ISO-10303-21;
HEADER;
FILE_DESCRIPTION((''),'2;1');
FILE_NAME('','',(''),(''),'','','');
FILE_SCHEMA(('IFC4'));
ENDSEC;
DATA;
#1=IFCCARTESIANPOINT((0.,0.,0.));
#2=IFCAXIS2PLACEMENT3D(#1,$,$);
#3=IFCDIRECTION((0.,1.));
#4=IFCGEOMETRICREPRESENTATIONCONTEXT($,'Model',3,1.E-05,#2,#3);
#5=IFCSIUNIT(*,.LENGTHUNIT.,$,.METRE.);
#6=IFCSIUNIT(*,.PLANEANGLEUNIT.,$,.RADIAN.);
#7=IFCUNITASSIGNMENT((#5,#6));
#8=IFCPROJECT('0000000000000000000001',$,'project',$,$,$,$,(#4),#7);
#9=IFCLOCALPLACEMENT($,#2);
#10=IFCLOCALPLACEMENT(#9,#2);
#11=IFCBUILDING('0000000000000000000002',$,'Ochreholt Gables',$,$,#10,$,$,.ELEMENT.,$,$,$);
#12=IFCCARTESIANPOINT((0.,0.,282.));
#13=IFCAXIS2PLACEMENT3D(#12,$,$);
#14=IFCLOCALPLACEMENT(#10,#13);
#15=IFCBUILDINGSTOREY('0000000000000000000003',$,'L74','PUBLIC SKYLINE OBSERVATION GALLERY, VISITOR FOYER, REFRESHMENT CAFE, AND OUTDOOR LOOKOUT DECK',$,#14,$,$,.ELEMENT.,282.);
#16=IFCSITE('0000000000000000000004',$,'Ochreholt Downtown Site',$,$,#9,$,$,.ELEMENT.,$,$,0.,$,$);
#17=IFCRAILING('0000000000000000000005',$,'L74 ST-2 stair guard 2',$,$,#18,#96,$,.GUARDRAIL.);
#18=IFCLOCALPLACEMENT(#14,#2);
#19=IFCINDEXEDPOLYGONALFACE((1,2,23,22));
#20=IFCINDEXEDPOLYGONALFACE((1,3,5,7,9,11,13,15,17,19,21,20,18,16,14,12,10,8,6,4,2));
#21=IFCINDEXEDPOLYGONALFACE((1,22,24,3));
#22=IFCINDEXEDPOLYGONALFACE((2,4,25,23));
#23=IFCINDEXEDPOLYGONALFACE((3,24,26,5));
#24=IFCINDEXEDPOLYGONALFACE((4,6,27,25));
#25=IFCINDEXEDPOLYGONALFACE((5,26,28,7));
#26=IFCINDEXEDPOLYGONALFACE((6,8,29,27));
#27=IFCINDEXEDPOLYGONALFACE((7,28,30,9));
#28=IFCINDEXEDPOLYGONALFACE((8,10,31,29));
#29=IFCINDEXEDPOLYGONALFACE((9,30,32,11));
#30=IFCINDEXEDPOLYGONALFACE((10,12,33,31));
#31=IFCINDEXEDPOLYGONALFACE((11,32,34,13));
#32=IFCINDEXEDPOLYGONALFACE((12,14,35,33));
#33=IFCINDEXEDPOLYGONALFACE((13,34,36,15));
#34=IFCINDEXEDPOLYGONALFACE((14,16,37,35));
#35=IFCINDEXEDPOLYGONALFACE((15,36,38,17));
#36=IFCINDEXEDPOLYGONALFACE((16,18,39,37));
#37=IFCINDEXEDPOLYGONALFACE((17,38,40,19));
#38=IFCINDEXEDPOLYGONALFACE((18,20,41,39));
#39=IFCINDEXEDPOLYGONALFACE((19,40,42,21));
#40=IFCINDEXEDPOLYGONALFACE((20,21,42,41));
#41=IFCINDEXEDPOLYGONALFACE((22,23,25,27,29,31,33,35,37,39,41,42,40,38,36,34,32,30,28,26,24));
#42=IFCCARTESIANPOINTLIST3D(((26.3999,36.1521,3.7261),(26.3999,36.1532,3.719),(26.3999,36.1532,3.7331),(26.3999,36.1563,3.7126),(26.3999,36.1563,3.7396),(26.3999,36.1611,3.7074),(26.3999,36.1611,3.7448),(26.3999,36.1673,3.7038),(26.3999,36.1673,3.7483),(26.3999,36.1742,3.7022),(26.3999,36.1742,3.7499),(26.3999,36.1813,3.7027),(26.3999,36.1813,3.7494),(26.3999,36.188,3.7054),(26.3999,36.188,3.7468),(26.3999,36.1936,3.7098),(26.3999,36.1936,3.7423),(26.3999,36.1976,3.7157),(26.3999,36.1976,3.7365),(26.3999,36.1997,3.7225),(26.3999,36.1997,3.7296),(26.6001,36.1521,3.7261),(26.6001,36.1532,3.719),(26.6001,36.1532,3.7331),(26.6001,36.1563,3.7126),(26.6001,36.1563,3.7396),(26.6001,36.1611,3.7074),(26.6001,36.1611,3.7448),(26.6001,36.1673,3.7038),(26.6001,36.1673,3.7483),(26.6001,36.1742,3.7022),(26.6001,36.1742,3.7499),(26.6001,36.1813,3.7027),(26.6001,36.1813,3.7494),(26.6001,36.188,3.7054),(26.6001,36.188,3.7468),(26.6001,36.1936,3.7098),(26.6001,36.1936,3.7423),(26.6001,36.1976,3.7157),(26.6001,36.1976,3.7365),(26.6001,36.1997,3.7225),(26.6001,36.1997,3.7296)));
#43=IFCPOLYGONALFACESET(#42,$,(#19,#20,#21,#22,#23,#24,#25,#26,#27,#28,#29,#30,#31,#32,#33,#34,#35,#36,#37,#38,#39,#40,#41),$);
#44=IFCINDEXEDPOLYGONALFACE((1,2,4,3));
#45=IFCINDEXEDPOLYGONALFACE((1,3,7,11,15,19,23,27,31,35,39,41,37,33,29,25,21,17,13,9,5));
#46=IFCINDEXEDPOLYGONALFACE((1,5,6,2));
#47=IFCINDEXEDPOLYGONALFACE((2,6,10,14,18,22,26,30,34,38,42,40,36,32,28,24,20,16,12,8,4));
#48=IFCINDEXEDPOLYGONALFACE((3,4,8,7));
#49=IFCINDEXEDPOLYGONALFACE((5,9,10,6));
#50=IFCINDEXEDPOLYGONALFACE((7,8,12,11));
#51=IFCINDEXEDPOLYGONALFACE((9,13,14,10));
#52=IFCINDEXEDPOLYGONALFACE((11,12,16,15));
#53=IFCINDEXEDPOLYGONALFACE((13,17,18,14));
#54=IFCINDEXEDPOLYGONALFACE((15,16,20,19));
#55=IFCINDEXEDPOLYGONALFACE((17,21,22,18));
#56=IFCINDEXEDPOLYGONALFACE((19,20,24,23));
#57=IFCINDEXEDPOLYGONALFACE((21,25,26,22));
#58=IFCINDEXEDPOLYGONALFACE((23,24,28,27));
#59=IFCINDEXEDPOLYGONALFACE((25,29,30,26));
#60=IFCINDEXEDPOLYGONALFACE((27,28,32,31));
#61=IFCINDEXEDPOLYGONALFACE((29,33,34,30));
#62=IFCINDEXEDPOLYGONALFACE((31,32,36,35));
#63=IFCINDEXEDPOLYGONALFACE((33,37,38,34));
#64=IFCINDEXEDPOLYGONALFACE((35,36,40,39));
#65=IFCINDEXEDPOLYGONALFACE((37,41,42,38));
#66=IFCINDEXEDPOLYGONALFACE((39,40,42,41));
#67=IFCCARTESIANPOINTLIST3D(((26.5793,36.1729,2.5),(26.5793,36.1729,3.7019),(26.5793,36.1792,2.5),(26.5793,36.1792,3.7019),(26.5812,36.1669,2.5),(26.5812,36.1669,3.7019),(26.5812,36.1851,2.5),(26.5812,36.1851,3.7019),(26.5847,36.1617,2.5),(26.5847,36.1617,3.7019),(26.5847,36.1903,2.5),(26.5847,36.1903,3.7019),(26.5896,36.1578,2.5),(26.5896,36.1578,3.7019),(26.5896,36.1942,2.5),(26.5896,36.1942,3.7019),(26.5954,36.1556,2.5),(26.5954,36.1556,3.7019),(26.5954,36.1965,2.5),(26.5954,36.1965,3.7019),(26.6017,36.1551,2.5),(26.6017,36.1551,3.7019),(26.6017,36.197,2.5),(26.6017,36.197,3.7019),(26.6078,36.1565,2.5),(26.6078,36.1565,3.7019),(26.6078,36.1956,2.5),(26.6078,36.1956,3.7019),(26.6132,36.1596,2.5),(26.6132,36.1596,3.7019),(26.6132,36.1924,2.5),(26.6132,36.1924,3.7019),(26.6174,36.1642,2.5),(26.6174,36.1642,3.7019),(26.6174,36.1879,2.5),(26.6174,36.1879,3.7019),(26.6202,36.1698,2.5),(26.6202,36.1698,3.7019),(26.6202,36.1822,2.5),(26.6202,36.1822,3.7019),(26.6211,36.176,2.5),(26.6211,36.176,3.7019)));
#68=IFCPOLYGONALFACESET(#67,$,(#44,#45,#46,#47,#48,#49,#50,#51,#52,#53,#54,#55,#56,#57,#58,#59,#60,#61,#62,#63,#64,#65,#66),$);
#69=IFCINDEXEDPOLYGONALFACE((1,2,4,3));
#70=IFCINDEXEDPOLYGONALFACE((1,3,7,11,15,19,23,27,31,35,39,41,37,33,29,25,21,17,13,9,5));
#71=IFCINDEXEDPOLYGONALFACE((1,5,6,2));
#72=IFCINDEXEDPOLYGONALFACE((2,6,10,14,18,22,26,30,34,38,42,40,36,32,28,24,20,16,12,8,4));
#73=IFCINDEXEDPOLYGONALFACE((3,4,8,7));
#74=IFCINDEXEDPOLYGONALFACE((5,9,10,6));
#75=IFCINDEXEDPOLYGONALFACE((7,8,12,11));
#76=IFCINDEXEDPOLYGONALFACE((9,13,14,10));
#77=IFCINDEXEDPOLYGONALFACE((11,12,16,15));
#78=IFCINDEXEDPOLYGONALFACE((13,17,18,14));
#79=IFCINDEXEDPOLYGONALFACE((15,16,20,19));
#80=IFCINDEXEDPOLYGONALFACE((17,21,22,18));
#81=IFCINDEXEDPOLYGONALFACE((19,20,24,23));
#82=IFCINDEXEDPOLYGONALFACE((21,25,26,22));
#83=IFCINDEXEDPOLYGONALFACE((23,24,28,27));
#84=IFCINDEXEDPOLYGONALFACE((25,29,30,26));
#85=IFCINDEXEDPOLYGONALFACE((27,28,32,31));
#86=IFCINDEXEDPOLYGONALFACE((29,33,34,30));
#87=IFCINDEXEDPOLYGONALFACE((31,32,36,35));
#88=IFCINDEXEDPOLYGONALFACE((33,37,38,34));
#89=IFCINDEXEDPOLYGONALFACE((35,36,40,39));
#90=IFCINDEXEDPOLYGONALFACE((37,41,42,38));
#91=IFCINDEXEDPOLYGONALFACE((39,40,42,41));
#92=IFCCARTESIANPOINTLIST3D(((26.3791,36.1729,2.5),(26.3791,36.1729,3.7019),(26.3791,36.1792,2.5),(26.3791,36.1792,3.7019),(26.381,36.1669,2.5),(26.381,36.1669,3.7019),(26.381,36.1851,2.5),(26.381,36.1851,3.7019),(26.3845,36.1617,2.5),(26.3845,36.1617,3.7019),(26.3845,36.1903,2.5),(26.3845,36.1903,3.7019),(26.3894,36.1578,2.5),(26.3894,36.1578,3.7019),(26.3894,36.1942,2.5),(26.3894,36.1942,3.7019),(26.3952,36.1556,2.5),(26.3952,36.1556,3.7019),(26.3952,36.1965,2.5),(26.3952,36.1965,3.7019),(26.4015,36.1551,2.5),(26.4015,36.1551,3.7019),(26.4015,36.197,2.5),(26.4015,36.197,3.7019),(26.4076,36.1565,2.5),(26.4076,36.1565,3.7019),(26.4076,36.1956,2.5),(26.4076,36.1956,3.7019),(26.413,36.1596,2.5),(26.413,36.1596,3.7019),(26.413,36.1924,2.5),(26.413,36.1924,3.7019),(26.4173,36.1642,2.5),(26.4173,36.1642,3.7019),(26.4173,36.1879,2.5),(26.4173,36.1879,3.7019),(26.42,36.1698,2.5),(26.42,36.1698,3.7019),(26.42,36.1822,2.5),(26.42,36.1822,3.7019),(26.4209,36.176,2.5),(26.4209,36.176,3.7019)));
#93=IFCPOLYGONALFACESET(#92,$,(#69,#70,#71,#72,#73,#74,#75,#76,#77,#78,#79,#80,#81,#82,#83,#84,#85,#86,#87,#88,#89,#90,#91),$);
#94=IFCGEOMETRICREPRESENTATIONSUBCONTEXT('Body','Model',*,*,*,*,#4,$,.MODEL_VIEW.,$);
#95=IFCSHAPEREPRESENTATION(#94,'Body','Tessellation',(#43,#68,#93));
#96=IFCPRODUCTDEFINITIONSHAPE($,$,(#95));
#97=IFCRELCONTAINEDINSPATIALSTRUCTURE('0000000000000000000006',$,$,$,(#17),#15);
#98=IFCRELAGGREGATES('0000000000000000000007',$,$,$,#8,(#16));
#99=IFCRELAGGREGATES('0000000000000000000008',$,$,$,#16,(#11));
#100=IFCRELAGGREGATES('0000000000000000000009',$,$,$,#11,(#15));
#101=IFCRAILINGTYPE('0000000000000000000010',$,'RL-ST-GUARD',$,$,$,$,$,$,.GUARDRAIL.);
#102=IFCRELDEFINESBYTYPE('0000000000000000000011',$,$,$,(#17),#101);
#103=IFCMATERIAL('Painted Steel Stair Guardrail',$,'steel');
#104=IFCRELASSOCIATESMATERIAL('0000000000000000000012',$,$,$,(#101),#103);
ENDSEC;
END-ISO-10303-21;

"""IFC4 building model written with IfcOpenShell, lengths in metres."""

from ifc_helpers import new_model, si_unit, direction, frame, origin, origin_2d, place, context, subcontext, project, spatial, circle, extrude, material, type_object, element, save


model = new_model("IFC4")

# Units and contexts
model_context = context("Model", 3, precision=1e-05, world=origin(), true_north=direction((0.0, 1.0)))
body_context = subcontext(model_context, "Body", "Model", "MODEL_VIEW")
ifc_project = project(units=[si_unit("LENGTHUNIT", "METRE"), si_unit("PLANEANGLEUNIT", "RADIAN")], contexts=[model_context])

# Site, building, storey
site_placement = place(None, origin())
site = spatial("IfcSite", under=ifc_project, at=site_placement, Name="Ochreholt Downtown Site", CompositionType="ELEMENT", RefElevation=0.0)
building_placement = place(site_placement, origin())
building = spatial("IfcBuilding", under=site, at=building_placement, Name="Ochreholt Gables", CompositionType="ELEMENT")
storey_placement = place(building_placement, frame((0.0, 0.0, 282.0)))
storey = spatial("IfcBuildingStorey", under=building, at=storey_placement, Name="L74", Description="PUBLIC SKYLINE OBSERVATION GALLERY, VISITOR FOYER, REFRESHMENT CAFE, AND OUTDOOR LOOKOUT DECK", CompositionType="ELEMENT", Elevation=282.0)

# Railing
ifc_material_1 = material(Name="Painted Steel Stair Guardrail", Category="steel")
railing_type_1 = type_object("IfcRailingType", Name="RL-ST-GUARD", PredefinedType="GUARDRAIL", material=ifc_material_1)
railing_1_placement = place(storey_placement, frame((26.6001, 36.176, 2.5)))
element("IfcRailing", 1, at=railing_1_placement, inside=storey, type_object=railing_type_1, Name="L74 ST-2 stair guard 2", PredefinedType="GUARDRAIL", context=body_context, shape_type="SweptSolid", body=[
    extrude(circle(Radius=0.0239, at=origin_2d()), frame((0.0, 0.0, 1.2261), z_axis=(-1.0, 0.0, 0.0), x_axis=(0.0, -1.0, 0.0)), (0.0, 0.0, 1.0), 0.2002),
    extrude(circle(Radius=0.021, at=origin_2d()), origin(), (0.0, 0.0, 1.0), 1.2019),
    extrude(circle(Radius=0.021, at=origin_2d()), frame((-0.2002, 0.0, 0.0)), (0.0, 0.0, 1.0), 1.2019),
])

save(model, "model.ifc")
